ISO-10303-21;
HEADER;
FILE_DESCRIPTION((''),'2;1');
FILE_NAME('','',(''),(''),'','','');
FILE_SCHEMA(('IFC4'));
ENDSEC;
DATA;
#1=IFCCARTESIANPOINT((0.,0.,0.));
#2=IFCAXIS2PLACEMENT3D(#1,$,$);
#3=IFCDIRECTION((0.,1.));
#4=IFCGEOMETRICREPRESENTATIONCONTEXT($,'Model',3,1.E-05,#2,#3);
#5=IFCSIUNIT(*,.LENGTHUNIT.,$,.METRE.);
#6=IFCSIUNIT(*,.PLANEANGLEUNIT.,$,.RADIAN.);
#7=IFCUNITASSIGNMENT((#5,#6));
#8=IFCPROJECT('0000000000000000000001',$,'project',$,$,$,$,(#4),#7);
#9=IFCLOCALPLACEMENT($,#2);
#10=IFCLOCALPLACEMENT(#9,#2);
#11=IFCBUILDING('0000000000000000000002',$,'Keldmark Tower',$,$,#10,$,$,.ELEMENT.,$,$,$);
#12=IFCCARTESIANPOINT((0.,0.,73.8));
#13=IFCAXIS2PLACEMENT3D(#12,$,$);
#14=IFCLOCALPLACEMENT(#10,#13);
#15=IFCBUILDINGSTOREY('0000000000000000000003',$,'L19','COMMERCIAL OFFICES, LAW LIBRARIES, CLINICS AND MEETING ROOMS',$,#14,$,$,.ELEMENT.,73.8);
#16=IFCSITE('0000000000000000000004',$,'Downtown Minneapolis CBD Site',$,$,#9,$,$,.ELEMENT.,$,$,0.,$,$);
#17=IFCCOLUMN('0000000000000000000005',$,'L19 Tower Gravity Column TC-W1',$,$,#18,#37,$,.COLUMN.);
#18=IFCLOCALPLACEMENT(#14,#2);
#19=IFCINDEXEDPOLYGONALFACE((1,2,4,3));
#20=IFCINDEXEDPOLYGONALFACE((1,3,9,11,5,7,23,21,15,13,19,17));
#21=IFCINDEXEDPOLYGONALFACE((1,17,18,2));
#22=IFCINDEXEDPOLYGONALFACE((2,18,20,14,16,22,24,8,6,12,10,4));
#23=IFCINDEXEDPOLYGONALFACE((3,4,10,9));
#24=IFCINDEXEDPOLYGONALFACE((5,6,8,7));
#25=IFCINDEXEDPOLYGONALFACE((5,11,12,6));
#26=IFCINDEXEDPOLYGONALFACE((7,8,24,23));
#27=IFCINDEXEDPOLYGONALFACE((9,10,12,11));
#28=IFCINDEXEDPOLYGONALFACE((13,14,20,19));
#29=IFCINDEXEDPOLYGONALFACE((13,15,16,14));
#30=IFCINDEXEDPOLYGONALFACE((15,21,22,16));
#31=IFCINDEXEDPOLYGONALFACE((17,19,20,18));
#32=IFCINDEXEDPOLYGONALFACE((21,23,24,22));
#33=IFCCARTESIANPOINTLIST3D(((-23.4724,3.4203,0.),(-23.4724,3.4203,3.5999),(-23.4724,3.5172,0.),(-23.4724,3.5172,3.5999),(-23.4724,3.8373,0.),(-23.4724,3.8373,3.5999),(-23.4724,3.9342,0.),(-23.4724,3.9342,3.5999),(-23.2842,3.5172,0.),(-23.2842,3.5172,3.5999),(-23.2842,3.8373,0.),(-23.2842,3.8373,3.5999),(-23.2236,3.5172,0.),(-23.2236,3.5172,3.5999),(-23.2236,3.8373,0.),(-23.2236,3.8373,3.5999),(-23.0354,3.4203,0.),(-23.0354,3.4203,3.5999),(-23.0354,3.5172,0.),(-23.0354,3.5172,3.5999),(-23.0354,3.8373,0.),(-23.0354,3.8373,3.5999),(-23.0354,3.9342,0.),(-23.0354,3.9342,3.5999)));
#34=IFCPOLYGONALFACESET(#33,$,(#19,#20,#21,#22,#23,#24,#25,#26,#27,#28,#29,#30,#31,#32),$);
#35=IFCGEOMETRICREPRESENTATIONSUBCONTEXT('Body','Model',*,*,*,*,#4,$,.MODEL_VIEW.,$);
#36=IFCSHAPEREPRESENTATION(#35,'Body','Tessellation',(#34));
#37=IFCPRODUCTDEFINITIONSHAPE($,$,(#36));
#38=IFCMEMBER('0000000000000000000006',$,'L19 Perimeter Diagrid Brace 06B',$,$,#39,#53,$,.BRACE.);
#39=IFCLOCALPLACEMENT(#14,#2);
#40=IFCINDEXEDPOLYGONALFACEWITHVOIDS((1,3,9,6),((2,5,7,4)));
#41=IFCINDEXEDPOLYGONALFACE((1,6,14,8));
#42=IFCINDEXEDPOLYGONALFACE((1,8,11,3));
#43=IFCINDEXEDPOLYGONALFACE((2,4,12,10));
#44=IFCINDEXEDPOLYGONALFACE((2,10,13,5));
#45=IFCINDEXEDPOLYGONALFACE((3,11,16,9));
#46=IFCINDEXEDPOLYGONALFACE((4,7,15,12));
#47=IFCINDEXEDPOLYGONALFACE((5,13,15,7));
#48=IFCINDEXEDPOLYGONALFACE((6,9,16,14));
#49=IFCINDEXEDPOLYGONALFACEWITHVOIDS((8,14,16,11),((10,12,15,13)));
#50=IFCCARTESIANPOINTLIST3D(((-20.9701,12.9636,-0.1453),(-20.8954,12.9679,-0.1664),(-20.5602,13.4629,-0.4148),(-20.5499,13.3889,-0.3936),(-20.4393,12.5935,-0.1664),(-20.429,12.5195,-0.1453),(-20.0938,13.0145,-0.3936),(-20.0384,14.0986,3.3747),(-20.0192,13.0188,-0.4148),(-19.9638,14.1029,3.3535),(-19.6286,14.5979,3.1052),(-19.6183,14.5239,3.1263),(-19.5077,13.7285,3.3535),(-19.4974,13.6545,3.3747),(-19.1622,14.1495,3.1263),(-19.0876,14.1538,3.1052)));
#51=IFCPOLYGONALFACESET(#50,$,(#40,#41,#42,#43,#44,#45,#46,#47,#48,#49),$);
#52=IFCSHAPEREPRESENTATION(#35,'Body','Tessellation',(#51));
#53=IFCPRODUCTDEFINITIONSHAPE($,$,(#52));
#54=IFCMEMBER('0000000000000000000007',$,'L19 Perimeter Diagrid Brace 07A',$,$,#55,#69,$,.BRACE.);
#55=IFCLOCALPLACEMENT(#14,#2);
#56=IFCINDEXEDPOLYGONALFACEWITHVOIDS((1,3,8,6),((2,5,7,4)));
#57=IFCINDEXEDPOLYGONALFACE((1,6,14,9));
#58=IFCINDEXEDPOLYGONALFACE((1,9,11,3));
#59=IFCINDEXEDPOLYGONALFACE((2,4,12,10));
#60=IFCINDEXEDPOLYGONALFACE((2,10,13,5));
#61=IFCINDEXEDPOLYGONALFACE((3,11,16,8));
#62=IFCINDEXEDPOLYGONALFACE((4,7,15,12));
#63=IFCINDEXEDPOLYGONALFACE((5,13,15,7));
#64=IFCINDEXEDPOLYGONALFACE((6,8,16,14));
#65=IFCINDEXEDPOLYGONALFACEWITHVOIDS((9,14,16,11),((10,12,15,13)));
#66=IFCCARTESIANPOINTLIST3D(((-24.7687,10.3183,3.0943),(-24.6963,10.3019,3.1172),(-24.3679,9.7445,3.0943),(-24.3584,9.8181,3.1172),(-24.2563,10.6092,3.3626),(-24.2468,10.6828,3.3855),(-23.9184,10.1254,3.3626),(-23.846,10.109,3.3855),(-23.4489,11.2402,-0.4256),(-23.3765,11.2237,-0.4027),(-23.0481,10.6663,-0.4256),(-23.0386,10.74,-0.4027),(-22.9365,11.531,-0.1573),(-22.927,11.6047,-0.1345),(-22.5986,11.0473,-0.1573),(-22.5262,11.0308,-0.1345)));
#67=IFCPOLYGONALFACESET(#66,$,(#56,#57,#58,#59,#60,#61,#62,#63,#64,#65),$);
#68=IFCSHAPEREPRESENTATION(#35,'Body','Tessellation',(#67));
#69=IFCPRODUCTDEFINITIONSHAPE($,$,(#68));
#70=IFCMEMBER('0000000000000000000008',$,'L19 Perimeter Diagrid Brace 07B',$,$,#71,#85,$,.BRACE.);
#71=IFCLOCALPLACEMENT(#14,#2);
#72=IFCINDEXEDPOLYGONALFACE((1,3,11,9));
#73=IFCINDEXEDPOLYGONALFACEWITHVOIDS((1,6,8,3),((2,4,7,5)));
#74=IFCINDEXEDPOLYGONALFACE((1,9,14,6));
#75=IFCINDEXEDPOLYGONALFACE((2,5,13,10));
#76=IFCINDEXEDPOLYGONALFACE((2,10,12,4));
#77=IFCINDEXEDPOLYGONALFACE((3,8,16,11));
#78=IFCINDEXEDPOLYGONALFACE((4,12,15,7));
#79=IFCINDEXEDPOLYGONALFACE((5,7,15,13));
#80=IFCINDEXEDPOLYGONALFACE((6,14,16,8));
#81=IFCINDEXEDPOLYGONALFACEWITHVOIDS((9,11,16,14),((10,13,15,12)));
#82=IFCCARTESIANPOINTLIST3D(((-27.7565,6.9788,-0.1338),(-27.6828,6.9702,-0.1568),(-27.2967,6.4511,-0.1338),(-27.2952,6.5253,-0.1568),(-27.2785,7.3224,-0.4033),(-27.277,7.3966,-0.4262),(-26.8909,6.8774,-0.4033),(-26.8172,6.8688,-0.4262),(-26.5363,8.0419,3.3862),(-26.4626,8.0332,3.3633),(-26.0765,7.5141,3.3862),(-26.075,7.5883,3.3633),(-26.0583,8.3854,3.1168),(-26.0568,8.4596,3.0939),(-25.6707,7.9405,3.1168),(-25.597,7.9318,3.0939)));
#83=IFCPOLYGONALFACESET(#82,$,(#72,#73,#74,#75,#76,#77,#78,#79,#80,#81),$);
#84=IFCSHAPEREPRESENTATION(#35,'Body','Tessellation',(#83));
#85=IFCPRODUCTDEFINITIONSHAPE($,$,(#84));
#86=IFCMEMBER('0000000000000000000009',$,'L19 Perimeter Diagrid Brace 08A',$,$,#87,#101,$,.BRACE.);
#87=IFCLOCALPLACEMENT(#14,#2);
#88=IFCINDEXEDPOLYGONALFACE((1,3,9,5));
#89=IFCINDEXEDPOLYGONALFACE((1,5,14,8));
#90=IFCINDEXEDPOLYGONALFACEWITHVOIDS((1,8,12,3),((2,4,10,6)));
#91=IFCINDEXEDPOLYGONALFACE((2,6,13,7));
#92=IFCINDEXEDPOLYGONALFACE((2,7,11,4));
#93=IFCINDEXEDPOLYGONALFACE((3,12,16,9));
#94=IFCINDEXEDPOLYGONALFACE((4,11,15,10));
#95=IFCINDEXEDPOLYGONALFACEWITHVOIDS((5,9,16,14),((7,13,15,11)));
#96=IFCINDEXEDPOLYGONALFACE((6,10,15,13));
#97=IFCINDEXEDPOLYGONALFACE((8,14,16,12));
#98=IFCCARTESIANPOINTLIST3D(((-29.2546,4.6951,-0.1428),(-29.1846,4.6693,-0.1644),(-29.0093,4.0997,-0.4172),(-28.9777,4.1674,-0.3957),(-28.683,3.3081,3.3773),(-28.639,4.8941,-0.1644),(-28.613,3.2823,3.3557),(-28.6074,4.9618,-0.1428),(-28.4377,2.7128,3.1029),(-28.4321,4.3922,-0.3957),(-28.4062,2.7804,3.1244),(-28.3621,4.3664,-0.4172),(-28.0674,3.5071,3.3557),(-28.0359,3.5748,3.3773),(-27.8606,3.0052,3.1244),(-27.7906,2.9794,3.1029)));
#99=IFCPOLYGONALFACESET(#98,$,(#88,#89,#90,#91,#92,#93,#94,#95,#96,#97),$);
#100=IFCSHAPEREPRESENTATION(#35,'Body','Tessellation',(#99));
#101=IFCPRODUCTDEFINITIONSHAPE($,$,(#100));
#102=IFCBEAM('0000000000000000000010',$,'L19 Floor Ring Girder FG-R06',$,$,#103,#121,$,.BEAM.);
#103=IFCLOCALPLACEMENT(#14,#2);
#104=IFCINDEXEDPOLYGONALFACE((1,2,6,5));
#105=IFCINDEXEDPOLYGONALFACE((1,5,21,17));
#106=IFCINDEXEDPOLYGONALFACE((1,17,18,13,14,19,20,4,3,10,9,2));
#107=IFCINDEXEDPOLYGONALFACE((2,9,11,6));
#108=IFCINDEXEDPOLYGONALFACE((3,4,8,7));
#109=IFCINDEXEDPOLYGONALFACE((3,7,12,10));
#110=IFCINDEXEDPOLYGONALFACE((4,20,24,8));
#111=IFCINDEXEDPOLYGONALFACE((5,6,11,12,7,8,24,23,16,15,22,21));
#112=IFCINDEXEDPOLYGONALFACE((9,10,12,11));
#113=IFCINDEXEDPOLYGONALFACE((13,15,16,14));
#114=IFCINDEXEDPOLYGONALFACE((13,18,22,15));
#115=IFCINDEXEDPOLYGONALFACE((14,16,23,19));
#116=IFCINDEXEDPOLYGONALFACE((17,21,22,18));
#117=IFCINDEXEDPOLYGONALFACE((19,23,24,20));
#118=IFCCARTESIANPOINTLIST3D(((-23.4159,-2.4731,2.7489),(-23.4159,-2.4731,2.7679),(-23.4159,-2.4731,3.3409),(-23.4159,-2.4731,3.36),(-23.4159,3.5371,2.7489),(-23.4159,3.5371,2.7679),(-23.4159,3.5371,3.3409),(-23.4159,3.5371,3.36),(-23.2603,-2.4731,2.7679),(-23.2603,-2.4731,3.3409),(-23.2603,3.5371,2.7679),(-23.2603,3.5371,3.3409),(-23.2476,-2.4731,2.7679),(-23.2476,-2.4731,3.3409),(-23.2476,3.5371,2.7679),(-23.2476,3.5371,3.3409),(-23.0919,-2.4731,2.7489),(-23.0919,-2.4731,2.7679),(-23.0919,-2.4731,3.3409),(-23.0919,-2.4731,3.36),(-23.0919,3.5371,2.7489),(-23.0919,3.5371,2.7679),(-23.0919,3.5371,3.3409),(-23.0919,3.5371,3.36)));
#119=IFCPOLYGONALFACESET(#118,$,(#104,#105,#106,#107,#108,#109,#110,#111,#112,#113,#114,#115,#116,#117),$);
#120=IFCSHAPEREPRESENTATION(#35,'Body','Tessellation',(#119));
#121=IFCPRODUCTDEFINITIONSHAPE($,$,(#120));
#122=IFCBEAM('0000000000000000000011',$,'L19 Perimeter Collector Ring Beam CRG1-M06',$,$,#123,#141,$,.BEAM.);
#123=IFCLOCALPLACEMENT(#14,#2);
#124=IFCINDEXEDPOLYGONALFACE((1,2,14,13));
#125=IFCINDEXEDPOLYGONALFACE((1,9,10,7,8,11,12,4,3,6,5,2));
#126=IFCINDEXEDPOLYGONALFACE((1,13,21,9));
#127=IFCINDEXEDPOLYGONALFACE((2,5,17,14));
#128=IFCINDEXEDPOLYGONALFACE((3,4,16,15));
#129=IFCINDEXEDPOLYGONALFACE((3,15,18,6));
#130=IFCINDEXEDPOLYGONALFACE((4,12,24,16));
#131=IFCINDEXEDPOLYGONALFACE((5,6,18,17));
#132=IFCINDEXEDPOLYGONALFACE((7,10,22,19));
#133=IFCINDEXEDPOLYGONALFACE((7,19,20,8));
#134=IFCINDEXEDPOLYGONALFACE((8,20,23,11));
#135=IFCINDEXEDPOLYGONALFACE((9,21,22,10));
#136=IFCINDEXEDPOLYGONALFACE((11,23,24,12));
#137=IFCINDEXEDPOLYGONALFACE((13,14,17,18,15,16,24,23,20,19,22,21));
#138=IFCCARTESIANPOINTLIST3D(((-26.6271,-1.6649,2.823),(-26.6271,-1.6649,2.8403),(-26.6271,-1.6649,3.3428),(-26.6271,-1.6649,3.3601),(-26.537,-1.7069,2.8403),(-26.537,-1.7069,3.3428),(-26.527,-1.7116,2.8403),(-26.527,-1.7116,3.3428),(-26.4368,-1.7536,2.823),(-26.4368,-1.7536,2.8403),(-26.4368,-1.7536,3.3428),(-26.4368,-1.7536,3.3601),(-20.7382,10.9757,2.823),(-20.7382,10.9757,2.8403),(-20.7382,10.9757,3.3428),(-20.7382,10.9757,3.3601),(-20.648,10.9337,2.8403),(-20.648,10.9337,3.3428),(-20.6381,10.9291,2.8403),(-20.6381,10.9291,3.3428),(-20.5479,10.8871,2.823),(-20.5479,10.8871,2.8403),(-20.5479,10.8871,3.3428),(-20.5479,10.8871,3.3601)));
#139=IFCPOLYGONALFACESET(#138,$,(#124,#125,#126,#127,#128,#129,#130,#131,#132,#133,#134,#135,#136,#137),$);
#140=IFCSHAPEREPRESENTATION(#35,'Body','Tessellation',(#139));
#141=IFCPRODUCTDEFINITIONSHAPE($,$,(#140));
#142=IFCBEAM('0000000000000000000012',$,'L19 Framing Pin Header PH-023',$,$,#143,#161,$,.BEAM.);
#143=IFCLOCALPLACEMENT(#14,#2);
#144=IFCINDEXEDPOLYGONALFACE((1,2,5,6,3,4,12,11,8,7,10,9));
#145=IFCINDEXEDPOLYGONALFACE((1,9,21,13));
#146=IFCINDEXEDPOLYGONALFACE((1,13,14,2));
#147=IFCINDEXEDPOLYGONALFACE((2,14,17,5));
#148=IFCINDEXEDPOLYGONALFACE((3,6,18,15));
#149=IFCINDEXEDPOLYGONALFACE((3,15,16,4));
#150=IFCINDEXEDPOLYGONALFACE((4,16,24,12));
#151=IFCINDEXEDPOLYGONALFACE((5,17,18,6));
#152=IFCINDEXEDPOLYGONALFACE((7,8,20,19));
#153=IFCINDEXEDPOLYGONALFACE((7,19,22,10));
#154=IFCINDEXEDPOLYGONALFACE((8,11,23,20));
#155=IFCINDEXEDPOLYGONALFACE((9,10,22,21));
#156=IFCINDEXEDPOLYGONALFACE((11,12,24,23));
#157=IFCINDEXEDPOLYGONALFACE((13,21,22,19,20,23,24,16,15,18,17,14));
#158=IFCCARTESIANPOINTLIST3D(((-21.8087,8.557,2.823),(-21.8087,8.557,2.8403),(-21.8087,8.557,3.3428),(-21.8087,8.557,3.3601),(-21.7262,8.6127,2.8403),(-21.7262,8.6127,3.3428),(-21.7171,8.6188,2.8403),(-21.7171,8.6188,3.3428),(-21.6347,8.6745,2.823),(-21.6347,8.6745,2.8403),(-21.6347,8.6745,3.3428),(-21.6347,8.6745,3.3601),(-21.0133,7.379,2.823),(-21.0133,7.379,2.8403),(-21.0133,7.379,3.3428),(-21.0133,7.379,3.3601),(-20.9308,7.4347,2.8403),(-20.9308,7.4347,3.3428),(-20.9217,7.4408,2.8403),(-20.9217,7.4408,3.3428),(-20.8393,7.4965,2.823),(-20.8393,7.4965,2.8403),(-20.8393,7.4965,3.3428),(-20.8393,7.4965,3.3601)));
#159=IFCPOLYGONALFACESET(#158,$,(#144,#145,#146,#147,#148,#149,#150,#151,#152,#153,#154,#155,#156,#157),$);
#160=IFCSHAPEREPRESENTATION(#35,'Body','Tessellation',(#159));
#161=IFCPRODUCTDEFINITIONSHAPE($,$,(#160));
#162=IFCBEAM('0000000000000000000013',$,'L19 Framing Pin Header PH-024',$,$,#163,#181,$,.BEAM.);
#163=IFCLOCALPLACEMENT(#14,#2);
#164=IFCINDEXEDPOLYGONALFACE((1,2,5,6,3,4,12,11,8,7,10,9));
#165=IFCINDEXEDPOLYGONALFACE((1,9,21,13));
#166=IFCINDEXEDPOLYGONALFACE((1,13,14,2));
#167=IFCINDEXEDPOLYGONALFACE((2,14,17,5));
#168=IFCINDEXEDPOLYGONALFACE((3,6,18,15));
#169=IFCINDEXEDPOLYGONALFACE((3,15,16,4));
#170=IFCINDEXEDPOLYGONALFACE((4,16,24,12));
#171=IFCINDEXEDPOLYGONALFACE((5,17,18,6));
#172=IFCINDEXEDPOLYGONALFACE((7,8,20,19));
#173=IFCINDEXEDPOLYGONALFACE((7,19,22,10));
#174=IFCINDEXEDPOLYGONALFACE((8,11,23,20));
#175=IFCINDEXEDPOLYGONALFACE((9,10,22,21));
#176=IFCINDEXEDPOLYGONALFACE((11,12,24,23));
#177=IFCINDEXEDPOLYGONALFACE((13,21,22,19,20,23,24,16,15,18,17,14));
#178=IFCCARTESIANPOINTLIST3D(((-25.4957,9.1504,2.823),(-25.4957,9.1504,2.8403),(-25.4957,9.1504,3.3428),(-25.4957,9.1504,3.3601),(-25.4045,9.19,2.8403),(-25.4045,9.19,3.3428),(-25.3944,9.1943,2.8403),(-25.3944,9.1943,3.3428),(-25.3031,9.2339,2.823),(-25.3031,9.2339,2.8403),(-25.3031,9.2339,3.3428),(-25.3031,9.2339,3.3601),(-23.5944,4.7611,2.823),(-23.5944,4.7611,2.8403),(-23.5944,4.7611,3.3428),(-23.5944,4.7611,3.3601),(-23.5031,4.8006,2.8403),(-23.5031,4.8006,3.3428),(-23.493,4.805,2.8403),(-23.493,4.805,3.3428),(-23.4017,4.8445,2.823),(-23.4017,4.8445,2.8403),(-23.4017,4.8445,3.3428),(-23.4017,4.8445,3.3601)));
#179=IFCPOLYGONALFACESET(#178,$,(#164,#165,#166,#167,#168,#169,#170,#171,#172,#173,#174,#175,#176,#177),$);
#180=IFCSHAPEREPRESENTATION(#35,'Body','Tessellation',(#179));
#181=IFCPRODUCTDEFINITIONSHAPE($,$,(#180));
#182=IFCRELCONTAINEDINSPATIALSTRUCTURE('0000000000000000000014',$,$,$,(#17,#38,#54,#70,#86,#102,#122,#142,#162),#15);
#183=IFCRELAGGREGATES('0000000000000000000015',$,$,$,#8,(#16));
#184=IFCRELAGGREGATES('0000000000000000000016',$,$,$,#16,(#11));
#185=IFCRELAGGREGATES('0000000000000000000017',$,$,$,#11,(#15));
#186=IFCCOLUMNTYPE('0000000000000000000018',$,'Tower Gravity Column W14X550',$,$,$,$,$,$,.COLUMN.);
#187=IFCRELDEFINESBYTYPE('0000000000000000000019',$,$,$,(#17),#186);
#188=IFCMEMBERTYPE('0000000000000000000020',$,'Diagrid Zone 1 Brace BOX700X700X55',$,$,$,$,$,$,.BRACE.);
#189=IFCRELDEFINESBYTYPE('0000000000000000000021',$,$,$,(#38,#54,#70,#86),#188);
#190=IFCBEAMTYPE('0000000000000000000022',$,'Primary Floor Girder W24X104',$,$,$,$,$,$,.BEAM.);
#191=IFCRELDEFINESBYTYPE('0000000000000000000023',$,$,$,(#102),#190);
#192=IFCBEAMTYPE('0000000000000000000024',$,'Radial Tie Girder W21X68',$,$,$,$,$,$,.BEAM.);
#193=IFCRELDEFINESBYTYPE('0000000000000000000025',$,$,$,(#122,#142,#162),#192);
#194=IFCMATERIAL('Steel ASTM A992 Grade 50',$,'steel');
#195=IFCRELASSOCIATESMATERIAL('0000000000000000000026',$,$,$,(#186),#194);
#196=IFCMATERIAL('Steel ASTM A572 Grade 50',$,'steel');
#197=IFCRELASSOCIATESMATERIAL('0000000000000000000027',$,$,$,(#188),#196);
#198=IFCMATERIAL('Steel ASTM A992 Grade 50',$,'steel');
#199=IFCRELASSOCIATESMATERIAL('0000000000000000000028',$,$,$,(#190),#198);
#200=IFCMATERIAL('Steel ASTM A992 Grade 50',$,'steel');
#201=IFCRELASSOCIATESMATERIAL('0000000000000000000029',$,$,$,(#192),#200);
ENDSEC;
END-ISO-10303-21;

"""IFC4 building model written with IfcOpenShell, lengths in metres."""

from ifc_helpers import new_model, si_unit, direction, frame, origin, origin_2d, place, context, subcontext, project, spatial, hollow_rectangle, i_section, extrude, material, material_profile, profile_set, type_object, element, save


model = new_model("IFC4")

# Units and contexts
model_context = context("Model", 3, precision=1e-05, world=origin(), true_north=direction((0.0, 1.0)))
body_context = subcontext(model_context, "Body", "Model", "MODEL_VIEW")
ifc_project = project(units=[si_unit("LENGTHUNIT", "METRE"), si_unit("PLANEANGLEUNIT", "RADIAN")], contexts=[model_context])

# Site, building, storey
site_placement = place(None, origin())
site = spatial("IfcSite", under=ifc_project, at=site_placement, Name="Downtown Minneapolis CBD Site", CompositionType="ELEMENT", RefElevation=0.0)
building_placement = place(site_placement, origin())
building = spatial("IfcBuilding", under=site, at=building_placement, Name="Keldmark Tower", CompositionType="ELEMENT")
storey_placement = place(building_placement, frame((0.0, 0.0, 73.8)))
storey = spatial("IfcBuildingStorey", under=building, at=storey_placement, Name="L19", Description="COMMERCIAL OFFICES, LAW LIBRARIES, CLINICS AND MEETING ROOMS", CompositionType="ELEMENT", Elevation=73.8)

# Column
ifc_material_1 = material(Name="Steel ASTM A992 Grade 50", Category="steel")
ifc_material_profile_1 = material_profile(ifc_material_1, i_section(OverallWidth=0.437, OverallDepth=0.5139, WebThickness=0.0605, FlangeThickness=0.0969, at=origin_2d()), Name="W14X550")
ifc_profile_set_1 = profile_set([ifc_material_profile_1], Name="Steel ASTM A992 Grade 50")
column_type = type_object("IfcColumnType", Name="Tower Gravity Column W14X550", PredefinedType="COLUMN", material=ifc_profile_set_1)
column_placement = place(storey_placement, frame((-23.2539, 3.6772, 0.0), z_axis=(0.0, 0.0, 1.0), x_axis=(1.0, 0.0, 0.0)))
element("IfcColumn", 1, at=column_placement, inside=storey, type_object=column_type, Name="L19 Tower Gravity Column TC-W1", PredefinedType="COLUMN", context=body_context, shape_type="SweptSolid", body=[
    extrude(i_section(OverallWidth=0.437, OverallDepth=0.5139, WebThickness=0.0605, FlangeThickness=0.0969, at=origin_2d()), origin(), (0.0, 0.0, 1.0), 3.5999),
])

# Members
ifc_material_2 = material(Name="Steel ASTM A572 Grade 50", Category="steel")
ifc_material_profile_2 = material_profile(ifc_material_2, hollow_rectangle(XDim=0.7, YDim=0.7, WallThickness=0.0549, at=origin_2d()), Name="BOX700X700X55")
ifc_profile_set_2 = profile_set([ifc_material_profile_2], Name="Steel ASTM A572 Grade 50")
member_type = type_object("IfcMemberType", Name="Diagrid Zone 1 Brace BOX700X700X55", PredefinedType="BRACE", material=ifc_profile_set_2)
member_1_placement = place(storey_placement, frame((-20.4946, 12.9912, -0.28), z_axis=(0.244267, 0.297589, 0.922916), x_axis=(-0.772956, 0.634459, 0.0)))
element("IfcMember", 2, at=member_1_placement, inside=storey, type_object=member_type, Name="L19 Perimeter Diagrid Brace 06B", PredefinedType="BRACE", context=body_context, shape_type="SweptSolid", body=[
    extrude(hollow_rectangle(XDim=0.7, YDim=0.7, WallThickness=0.0549, at=origin_2d()), origin(), (0.0, 0.0, 1.0), 3.814),
])
member_2_placement = place(storey_placement, frame((-22.9875, 11.1355, -0.28), z_axis=(-0.340978, -0.238167, 0.909401), x_axis=(0.572627, -0.819816, 0.0)))
element("IfcMember", 3, at=member_2_placement, inside=storey, type_object=member_type, Name="L19 Perimeter Diagrid Brace 07A", PredefinedType="BRACE", context=body_context, shape_type="SweptSolid", body=[
    extrude(hollow_rectangle(XDim=0.7, YDim=0.7, WallThickness=0.0549, at=origin_2d()), origin(), (0.0, 0.0, 1.0), 3.8706),
])
member_3_placement = place(storey_placement, frame((-27.2869, 6.9238, -0.28), z_axis=(0.314959, 0.274376, 0.90858), x_axis=(-0.656858, 0.754014, 0.0)))
element("IfcMember", 4, at=member_3_placement, inside=storey, type_object=member_type, Name="L19 Perimeter Diagrid Brace 07B", PredefinedType="BRACE", context=body_context, shape_type="SweptSolid", body=[
    extrude(hollow_rectangle(XDim=0.7, YDim=0.7, WallThickness=0.0549, at=origin_2d()), origin(), (0.0, 0.0, 1.0), 3.8743),
])
member_4_placement = place(storey_placement, frame((-28.8083, 4.5308, -0.28), z_axis=(0.149368, -0.362478, 0.919945), x_axis=(0.924577, 0.380995, 0.0)))
element("IfcMember", 5, at=member_4_placement, inside=storey, type_object=member_type, Name="L19 Perimeter Diagrid Brace 08A", PredefinedType="BRACE", context=body_context, shape_type="SweptSolid", body=[
    extrude(hollow_rectangle(XDim=0.7, YDim=0.7, WallThickness=0.0549, at=origin_2d()), origin(), (0.0, 0.0, 1.0), 3.8264),
])

# Beams
ifc_material_3 = material(Name="Steel ASTM A992 Grade 50", Category="steel")
ifc_material_profile_3 = material_profile(ifc_material_3, i_section(OverallWidth=0.324, OverallDepth=0.6111, WebThickness=0.0127, FlangeThickness=0.019, at=origin_2d()), Name="W24X104")
ifc_profile_set_3 = profile_set([ifc_material_profile_3], Name="Steel ASTM A992 Grade 50")
beam_type_1 = type_object("IfcBeamType", Name="Primary Floor Girder W24X104", PredefinedType="BEAM", material=ifc_profile_set_3)
beam_1_placement = place(storey_placement, frame((-23.2539, 3.5371, 3.0544), z_axis=(0.0, -1.0, 0.0), x_axis=(1.0, 0.0, 0.0)))
element("IfcBeam", 6, at=beam_1_placement, inside=storey, type_object=beam_type_1, Name="L19 Floor Ring Girder FG-R06", PredefinedType="BEAM", context=body_context, shape_type="SweptSolid", body=[
    extrude(i_section(OverallWidth=0.324, OverallDepth=0.6111, WebThickness=0.0127, FlangeThickness=0.019, at=origin_2d()), origin(), (0.0, 0.0, 1.0), 6.0103),
])
ifc_material_4 = material(Name="Steel ASTM A992 Grade 50", Category="steel")
ifc_material_profile_4 = material_profile(ifc_material_4, i_section(OverallWidth=0.21, OverallDepth=0.5371, WebThickness=0.011, FlangeThickness=0.0173, at=origin_2d()), Name="W21X68")
ifc_profile_set_4 = profile_set([ifc_material_profile_4], Name="Steel ASTM A992 Grade 50")
beam_type_2 = type_object("IfcBeamType", Name="Radial Tie Girder W21X68", PredefinedType="BEAM", material=ifc_profile_set_4)
beam_2_placement = place(storey_placement, frame((-20.6431, 10.9314, 3.0916), z_axis=(-0.422294, -0.906459, 0.0), x_axis=(0.906459, -0.422294, 0.0)))
element("IfcBeam", 7, at=beam_2_placement, inside=storey, type_object=beam_type_2, Name="L19 Perimeter Collector Ring Beam CRG1-M06", PredefinedType="BEAM", context=body_context, shape_type="SweptSolid", body=[
    extrude(i_section(OverallWidth=0.21, OverallDepth=0.5371, WebThickness=0.011, FlangeThickness=0.0173, at=origin_2d()), origin(), (0.0, 0.0, 1.0), 13.9451),
])
beam_3_placement = place(storey_placement, frame((-20.9263, 7.4377, 3.0916), z_axis=(-0.559606, 0.828759, 0.0), x_axis=(-0.828759, -0.559606, 0.0)))
element("IfcBeam", 8, at=beam_3_placement, inside=storey, type_object=beam_type_2, Name="L19 Framing Pin Header PH-023", PredefinedType="BEAM", context=body_context, shape_type="SweptSolid", body=[
    extrude(i_section(OverallWidth=0.21, OverallDepth=0.5371, WebThickness=0.011, FlangeThickness=0.0173, at=origin_2d()), origin(), (0.0, 0.0, 1.0), 1.4214),
])
beam_4_placement = place(storey_placement, frame((-25.3994, 9.1921, 3.0916), z_axis=(0.397483, -0.91761, 0.0), x_axis=(0.91761, 0.397483, 0.0)))
element("IfcBeam", 9, at=beam_4_placement, inside=storey, type_object=beam_type_2, Name="L19 Framing Pin Header PH-024", PredefinedType="BEAM", context=body_context, shape_type="SweptSolid", body=[
    extrude(i_section(OverallWidth=0.21, OverallDepth=0.5371, WebThickness=0.011, FlangeThickness=0.0173, at=origin_2d()), origin(), (0.0, 0.0, 1.0), 4.7834),
])

save(model, "model.ifc")
